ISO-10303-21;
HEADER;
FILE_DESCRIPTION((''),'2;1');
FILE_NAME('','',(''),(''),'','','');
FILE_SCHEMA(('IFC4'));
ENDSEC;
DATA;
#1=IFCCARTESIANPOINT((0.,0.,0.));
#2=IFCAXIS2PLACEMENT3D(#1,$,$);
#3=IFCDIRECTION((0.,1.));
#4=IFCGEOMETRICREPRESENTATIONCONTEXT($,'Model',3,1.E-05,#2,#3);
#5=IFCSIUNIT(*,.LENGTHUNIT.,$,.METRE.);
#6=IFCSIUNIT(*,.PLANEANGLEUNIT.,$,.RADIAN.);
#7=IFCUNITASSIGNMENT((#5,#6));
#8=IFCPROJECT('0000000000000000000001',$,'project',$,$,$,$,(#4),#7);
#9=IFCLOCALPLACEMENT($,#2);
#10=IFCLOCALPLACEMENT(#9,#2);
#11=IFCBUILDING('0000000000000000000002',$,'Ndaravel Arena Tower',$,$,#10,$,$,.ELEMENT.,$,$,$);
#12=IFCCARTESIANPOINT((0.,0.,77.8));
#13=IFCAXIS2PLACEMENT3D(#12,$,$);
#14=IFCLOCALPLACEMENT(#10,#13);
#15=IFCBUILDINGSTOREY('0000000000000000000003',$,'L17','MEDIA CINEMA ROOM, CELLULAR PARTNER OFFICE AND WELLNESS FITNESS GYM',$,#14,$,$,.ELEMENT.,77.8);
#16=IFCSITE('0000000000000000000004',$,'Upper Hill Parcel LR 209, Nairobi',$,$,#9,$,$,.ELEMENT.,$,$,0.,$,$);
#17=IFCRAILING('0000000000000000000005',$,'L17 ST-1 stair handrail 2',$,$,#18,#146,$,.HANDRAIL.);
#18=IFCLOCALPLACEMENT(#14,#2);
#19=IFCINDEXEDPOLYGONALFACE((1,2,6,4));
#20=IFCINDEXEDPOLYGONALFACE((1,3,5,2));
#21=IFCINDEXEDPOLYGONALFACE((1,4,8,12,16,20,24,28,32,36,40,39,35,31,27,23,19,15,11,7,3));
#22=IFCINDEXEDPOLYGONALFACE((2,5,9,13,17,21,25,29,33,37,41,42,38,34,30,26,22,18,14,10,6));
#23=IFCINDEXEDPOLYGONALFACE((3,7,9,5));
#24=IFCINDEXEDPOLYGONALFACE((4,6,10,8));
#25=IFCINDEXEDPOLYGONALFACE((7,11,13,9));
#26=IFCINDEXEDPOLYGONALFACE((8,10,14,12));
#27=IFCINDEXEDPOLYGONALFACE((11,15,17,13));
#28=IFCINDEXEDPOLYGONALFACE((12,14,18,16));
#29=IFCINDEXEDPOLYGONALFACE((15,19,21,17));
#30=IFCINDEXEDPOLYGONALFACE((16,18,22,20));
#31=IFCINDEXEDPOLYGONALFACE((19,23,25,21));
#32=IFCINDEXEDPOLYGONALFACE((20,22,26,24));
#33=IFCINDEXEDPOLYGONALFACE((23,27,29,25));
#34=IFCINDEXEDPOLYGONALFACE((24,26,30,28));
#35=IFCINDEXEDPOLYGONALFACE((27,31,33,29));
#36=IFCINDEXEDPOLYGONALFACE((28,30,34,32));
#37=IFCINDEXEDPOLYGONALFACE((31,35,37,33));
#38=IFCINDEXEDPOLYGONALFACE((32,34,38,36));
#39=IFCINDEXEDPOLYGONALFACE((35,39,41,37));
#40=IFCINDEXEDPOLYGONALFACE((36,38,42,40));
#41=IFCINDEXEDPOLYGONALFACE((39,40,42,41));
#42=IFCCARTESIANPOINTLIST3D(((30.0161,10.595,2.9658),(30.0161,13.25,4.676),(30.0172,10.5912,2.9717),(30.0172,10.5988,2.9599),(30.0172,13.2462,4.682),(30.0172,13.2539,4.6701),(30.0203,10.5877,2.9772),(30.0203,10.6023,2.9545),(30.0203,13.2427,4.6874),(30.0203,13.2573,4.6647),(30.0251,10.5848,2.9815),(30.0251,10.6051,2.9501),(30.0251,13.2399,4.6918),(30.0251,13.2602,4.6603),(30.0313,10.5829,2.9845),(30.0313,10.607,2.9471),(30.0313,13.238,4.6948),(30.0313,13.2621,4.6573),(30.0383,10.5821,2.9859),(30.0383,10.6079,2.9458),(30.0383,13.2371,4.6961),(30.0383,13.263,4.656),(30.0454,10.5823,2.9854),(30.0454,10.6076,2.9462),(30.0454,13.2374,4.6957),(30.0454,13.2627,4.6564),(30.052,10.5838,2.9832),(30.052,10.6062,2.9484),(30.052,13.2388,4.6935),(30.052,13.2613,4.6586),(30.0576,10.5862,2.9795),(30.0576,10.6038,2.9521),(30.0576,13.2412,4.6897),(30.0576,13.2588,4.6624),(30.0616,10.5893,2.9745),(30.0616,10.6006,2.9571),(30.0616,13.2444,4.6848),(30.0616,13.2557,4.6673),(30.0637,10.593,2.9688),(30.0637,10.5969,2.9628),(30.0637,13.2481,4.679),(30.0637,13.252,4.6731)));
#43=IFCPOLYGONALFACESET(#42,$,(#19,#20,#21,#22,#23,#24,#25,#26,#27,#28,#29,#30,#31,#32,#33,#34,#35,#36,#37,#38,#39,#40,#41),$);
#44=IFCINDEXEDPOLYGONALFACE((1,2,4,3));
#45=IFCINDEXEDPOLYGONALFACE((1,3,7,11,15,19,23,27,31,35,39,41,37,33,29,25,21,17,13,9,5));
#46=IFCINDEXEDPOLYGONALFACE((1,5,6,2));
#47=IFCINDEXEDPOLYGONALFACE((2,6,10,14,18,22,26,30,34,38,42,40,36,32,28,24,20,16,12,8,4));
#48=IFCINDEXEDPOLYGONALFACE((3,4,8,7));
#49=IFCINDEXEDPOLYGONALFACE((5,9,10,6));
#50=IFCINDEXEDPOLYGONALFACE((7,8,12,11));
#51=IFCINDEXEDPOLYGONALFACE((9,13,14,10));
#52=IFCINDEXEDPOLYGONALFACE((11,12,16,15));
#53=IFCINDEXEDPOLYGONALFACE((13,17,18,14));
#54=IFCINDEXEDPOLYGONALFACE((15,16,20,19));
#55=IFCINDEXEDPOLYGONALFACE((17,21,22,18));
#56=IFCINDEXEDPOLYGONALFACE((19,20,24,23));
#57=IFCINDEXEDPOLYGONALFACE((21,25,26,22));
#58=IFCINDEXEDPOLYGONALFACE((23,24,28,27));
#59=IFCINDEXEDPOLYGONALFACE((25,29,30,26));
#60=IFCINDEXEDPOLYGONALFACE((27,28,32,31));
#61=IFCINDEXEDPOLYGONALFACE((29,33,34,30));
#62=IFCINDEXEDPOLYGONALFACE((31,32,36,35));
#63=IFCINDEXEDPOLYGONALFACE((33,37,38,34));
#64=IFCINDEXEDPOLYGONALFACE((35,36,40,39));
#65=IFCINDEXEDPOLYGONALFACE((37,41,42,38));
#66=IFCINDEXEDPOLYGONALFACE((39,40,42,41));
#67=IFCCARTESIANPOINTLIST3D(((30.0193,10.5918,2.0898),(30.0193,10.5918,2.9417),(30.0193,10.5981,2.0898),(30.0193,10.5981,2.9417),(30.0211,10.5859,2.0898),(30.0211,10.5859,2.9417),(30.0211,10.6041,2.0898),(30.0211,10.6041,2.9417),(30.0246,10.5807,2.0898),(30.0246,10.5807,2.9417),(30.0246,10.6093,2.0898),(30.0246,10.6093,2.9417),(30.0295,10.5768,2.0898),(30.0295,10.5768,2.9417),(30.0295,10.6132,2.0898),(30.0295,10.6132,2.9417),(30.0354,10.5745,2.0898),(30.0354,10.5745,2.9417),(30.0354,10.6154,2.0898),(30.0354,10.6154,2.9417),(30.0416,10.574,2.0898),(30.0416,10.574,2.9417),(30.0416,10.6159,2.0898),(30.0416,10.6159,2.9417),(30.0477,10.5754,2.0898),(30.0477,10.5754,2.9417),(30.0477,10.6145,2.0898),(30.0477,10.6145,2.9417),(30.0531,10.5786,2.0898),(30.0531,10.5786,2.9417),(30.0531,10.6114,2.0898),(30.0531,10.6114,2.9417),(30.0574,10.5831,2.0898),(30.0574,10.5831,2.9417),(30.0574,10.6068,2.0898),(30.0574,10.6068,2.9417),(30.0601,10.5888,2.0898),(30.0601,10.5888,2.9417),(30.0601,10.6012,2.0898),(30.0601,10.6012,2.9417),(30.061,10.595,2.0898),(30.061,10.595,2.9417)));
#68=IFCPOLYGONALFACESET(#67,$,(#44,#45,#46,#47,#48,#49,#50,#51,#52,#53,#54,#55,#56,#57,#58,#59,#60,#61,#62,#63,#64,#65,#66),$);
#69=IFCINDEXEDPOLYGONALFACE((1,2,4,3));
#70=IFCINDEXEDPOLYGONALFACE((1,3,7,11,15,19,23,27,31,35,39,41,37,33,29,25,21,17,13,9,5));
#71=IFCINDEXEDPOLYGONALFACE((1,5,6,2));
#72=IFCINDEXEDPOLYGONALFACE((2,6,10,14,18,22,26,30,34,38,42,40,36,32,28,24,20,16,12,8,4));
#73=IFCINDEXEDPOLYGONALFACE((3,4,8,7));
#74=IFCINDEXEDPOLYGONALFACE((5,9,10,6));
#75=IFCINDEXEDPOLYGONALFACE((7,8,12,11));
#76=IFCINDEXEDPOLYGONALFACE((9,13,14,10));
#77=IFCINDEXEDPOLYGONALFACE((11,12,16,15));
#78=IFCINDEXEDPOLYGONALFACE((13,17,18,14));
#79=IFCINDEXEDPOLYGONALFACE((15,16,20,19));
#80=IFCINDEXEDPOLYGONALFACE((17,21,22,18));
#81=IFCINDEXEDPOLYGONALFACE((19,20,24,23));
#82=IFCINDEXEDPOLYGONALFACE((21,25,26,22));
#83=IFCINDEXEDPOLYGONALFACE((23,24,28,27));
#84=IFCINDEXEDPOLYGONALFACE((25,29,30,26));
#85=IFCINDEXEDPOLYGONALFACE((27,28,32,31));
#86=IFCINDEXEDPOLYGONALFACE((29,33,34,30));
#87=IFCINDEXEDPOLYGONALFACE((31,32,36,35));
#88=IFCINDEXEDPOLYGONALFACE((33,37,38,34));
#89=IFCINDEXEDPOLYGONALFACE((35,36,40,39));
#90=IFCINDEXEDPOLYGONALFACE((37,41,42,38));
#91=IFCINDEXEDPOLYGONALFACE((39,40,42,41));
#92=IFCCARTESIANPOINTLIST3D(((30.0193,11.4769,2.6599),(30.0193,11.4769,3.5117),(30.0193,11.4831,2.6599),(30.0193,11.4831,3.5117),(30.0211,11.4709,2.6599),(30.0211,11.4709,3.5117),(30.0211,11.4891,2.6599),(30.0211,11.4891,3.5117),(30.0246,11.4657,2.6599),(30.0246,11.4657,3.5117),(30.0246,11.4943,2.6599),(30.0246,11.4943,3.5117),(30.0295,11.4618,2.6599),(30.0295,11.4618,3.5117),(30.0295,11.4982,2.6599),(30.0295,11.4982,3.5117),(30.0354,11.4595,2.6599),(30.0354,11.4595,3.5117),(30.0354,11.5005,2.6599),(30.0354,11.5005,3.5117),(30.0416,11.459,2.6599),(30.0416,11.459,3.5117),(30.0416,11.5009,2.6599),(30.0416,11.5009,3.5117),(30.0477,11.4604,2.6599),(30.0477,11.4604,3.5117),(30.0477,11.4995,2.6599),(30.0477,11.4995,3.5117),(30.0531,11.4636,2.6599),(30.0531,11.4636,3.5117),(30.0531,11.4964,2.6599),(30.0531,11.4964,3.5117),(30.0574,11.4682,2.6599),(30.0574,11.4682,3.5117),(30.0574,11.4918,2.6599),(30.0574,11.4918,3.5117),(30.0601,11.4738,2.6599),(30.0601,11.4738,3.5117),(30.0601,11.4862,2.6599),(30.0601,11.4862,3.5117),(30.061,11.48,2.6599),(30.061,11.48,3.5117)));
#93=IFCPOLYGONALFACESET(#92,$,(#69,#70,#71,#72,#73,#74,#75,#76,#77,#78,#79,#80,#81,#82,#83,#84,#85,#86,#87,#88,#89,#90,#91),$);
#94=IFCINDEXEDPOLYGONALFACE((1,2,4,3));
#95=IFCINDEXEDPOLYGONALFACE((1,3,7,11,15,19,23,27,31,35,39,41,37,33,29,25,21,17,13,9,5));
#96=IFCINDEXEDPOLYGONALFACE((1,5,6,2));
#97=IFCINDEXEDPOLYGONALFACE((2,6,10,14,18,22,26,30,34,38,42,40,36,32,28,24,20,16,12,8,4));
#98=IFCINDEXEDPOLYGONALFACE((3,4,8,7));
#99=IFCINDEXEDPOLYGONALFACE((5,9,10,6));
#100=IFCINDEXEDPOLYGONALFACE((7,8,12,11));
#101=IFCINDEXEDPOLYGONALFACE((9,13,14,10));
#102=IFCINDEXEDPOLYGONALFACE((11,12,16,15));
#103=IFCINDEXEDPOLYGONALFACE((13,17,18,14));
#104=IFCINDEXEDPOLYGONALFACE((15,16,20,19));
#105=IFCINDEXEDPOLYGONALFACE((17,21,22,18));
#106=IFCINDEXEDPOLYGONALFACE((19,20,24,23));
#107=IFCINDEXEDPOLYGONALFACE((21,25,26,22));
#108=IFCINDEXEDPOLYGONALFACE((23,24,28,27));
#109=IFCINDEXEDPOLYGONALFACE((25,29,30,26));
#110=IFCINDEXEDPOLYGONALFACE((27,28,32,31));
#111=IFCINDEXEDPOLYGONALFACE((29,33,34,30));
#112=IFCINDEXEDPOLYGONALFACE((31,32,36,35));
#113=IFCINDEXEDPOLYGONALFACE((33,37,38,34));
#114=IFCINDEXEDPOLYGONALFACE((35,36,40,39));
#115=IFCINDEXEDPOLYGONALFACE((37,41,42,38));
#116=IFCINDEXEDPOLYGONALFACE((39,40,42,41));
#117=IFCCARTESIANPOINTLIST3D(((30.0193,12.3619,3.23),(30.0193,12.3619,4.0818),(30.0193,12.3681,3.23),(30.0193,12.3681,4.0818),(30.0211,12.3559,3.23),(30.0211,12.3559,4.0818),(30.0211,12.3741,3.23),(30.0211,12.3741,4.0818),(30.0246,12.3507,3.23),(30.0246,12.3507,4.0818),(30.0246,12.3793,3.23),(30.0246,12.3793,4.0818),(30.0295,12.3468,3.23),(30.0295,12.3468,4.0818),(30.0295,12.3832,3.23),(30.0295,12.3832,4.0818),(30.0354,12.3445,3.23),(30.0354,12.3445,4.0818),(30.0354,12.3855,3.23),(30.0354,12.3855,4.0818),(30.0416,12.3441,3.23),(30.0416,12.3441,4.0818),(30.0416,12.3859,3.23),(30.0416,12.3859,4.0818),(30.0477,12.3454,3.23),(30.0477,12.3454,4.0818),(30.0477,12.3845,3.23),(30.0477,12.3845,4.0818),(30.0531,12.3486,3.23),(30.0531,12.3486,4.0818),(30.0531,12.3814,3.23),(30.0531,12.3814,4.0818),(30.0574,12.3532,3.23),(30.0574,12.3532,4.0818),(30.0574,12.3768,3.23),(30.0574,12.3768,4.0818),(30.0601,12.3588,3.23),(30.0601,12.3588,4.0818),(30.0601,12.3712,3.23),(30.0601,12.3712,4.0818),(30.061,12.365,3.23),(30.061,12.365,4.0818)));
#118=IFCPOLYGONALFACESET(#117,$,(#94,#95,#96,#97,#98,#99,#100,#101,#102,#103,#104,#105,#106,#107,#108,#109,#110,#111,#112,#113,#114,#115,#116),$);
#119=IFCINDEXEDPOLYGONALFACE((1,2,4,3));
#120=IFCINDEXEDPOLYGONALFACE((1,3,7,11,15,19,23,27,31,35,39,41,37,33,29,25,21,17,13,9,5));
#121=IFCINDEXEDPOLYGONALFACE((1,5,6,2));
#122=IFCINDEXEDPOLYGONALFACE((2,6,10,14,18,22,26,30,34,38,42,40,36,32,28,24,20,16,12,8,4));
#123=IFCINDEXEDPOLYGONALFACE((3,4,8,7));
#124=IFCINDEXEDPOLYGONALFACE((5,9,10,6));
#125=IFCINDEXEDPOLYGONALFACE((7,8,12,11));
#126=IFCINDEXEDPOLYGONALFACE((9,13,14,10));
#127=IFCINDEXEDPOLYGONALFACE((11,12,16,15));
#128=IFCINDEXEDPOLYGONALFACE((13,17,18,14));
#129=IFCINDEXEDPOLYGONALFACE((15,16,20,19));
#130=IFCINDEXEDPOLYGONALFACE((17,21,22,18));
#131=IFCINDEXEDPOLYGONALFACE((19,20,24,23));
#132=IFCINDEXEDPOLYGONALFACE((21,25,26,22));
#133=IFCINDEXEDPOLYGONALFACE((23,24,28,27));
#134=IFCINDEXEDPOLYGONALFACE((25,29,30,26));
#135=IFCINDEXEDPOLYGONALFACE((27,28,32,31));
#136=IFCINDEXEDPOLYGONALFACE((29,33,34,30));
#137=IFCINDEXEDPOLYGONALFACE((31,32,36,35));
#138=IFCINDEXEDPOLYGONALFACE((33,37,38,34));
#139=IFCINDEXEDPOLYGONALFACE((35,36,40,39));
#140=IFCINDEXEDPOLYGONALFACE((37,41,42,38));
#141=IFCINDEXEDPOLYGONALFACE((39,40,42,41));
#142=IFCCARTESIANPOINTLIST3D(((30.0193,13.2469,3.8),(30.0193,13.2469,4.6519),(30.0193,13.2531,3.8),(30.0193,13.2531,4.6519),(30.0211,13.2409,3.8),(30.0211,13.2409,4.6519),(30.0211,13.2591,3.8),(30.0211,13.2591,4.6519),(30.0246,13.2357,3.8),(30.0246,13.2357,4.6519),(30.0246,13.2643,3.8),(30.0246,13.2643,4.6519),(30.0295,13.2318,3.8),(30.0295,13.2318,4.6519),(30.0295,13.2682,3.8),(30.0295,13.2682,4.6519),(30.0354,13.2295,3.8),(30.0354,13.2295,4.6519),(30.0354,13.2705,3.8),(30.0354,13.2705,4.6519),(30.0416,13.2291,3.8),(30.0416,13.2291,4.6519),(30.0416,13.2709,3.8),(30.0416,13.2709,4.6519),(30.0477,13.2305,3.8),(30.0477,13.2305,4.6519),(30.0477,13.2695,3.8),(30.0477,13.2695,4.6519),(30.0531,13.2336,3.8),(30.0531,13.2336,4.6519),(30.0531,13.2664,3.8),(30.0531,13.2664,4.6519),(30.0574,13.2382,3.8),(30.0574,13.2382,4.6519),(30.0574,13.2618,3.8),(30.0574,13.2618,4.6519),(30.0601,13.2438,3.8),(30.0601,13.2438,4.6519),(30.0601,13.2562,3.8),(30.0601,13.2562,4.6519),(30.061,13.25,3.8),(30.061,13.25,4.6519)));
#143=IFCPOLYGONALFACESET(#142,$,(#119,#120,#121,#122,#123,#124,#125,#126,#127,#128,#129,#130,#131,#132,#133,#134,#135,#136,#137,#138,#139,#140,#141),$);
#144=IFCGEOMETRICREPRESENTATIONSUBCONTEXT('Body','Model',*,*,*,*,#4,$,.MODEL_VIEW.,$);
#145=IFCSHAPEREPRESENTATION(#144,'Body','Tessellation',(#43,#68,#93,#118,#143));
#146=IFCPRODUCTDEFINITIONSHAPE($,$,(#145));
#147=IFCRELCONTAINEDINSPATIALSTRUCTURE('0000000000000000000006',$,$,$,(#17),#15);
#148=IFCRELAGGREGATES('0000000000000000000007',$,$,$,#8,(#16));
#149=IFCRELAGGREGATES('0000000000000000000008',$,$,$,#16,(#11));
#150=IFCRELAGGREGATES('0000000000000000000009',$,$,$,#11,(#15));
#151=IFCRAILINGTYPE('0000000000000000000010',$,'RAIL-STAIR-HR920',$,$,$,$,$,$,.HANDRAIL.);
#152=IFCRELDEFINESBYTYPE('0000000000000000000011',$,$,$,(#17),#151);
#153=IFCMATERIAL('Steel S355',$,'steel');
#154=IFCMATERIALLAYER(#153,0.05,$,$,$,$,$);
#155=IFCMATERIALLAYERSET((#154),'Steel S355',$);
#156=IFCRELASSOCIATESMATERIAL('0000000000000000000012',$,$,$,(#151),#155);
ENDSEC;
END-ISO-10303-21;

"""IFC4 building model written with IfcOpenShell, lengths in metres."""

from ifc_helpers import new_model, si_unit, direction, frame, origin, origin_2d, place, context, subcontext, project, spatial, circle, extrude, material, layer, layer_set, type_object, element, save


model = new_model("IFC4")

# Units and contexts
model_context = context("Model", 3, precision=1e-05, world=origin(), true_north=direction((0.0, 1.0)))
body_context = subcontext(model_context, "Body", "Model", "MODEL_VIEW")
ifc_project = project(units=[si_unit("LENGTHUNIT", "METRE"), si_unit("PLANEANGLEUNIT", "RADIAN")], contexts=[model_context])

# Site, building, storey
site_placement = place(None, origin())
site = spatial("IfcSite", under=ifc_project, at=site_placement, Name="Upper Hill Parcel LR 209, Nairobi", CompositionType="ELEMENT", RefElevation=0.0)
building_placement = place(site_placement, origin())
building = spatial("IfcBuilding", under=site, at=building_placement, Name="Ndaravel Arena Tower", CompositionType="ELEMENT")
storey_placement = place(building_placement, frame((0.0, 0.0, 77.8)))
storey = spatial("IfcBuildingStorey", under=building, at=storey_placement, Name="L17", Description="MEDIA CINEMA ROOM, CELLULAR PARTNER OFFICE AND WELLNESS FITNESS GYM", CompositionType="ELEMENT", Elevation=77.8)

# Railing
ifc_material_1 = material(Name="Steel S355", Category="steel")
ifc_layer_1 = layer(ifc_material_1, 0.05)
ifc_layer_set_1 = layer_set([ifc_layer_1], Name="Steel S355")
railing_type_1 = type_object("IfcRailingType", Name="RAIL-STAIR-HR920", PredefinedType="HANDRAIL", material=ifc_layer_set_1)
railing_1_placement = place(storey_placement, frame((30.04, 10.595, 2.0898)))
element("IfcRailing", 1, at=railing_1_placement, inside=storey, type_object=railing_type_1, Name="L17 ST-1 stair handrail 2", PredefinedType="HANDRAIL", context=body_context, shape_type="SweptSolid", body=[
    extrude(circle(Radius=0.0239, at=origin_2d()), frame((0.0, 0.0, 0.876), z_axis=(0.0, 0.840688, 0.541519), x_axis=(-1.0, 0.0, 0.0)), (0.0, 0.0, 1.0), 3.1582),
    extrude(circle(Radius=0.021, at=origin_2d()), origin(), (0.0, 0.0, 1.0), 0.8518),
    extrude(circle(Radius=0.021, at=origin_2d()), frame((0.0, 0.885, 0.5701)), (0.0, 0.0, 1.0), 0.8518),
    extrude(circle(Radius=0.021, at=origin_2d()), frame((0.0, 1.77, 1.1401)), (0.0, 0.0, 1.0), 0.8518),
    extrude(circle(Radius=0.021, at=origin_2d()), frame((0.0, 2.655, 1.7102)), (0.0, 0.0, 1.0), 0.8518),
])

save(model, "model.ifc")
